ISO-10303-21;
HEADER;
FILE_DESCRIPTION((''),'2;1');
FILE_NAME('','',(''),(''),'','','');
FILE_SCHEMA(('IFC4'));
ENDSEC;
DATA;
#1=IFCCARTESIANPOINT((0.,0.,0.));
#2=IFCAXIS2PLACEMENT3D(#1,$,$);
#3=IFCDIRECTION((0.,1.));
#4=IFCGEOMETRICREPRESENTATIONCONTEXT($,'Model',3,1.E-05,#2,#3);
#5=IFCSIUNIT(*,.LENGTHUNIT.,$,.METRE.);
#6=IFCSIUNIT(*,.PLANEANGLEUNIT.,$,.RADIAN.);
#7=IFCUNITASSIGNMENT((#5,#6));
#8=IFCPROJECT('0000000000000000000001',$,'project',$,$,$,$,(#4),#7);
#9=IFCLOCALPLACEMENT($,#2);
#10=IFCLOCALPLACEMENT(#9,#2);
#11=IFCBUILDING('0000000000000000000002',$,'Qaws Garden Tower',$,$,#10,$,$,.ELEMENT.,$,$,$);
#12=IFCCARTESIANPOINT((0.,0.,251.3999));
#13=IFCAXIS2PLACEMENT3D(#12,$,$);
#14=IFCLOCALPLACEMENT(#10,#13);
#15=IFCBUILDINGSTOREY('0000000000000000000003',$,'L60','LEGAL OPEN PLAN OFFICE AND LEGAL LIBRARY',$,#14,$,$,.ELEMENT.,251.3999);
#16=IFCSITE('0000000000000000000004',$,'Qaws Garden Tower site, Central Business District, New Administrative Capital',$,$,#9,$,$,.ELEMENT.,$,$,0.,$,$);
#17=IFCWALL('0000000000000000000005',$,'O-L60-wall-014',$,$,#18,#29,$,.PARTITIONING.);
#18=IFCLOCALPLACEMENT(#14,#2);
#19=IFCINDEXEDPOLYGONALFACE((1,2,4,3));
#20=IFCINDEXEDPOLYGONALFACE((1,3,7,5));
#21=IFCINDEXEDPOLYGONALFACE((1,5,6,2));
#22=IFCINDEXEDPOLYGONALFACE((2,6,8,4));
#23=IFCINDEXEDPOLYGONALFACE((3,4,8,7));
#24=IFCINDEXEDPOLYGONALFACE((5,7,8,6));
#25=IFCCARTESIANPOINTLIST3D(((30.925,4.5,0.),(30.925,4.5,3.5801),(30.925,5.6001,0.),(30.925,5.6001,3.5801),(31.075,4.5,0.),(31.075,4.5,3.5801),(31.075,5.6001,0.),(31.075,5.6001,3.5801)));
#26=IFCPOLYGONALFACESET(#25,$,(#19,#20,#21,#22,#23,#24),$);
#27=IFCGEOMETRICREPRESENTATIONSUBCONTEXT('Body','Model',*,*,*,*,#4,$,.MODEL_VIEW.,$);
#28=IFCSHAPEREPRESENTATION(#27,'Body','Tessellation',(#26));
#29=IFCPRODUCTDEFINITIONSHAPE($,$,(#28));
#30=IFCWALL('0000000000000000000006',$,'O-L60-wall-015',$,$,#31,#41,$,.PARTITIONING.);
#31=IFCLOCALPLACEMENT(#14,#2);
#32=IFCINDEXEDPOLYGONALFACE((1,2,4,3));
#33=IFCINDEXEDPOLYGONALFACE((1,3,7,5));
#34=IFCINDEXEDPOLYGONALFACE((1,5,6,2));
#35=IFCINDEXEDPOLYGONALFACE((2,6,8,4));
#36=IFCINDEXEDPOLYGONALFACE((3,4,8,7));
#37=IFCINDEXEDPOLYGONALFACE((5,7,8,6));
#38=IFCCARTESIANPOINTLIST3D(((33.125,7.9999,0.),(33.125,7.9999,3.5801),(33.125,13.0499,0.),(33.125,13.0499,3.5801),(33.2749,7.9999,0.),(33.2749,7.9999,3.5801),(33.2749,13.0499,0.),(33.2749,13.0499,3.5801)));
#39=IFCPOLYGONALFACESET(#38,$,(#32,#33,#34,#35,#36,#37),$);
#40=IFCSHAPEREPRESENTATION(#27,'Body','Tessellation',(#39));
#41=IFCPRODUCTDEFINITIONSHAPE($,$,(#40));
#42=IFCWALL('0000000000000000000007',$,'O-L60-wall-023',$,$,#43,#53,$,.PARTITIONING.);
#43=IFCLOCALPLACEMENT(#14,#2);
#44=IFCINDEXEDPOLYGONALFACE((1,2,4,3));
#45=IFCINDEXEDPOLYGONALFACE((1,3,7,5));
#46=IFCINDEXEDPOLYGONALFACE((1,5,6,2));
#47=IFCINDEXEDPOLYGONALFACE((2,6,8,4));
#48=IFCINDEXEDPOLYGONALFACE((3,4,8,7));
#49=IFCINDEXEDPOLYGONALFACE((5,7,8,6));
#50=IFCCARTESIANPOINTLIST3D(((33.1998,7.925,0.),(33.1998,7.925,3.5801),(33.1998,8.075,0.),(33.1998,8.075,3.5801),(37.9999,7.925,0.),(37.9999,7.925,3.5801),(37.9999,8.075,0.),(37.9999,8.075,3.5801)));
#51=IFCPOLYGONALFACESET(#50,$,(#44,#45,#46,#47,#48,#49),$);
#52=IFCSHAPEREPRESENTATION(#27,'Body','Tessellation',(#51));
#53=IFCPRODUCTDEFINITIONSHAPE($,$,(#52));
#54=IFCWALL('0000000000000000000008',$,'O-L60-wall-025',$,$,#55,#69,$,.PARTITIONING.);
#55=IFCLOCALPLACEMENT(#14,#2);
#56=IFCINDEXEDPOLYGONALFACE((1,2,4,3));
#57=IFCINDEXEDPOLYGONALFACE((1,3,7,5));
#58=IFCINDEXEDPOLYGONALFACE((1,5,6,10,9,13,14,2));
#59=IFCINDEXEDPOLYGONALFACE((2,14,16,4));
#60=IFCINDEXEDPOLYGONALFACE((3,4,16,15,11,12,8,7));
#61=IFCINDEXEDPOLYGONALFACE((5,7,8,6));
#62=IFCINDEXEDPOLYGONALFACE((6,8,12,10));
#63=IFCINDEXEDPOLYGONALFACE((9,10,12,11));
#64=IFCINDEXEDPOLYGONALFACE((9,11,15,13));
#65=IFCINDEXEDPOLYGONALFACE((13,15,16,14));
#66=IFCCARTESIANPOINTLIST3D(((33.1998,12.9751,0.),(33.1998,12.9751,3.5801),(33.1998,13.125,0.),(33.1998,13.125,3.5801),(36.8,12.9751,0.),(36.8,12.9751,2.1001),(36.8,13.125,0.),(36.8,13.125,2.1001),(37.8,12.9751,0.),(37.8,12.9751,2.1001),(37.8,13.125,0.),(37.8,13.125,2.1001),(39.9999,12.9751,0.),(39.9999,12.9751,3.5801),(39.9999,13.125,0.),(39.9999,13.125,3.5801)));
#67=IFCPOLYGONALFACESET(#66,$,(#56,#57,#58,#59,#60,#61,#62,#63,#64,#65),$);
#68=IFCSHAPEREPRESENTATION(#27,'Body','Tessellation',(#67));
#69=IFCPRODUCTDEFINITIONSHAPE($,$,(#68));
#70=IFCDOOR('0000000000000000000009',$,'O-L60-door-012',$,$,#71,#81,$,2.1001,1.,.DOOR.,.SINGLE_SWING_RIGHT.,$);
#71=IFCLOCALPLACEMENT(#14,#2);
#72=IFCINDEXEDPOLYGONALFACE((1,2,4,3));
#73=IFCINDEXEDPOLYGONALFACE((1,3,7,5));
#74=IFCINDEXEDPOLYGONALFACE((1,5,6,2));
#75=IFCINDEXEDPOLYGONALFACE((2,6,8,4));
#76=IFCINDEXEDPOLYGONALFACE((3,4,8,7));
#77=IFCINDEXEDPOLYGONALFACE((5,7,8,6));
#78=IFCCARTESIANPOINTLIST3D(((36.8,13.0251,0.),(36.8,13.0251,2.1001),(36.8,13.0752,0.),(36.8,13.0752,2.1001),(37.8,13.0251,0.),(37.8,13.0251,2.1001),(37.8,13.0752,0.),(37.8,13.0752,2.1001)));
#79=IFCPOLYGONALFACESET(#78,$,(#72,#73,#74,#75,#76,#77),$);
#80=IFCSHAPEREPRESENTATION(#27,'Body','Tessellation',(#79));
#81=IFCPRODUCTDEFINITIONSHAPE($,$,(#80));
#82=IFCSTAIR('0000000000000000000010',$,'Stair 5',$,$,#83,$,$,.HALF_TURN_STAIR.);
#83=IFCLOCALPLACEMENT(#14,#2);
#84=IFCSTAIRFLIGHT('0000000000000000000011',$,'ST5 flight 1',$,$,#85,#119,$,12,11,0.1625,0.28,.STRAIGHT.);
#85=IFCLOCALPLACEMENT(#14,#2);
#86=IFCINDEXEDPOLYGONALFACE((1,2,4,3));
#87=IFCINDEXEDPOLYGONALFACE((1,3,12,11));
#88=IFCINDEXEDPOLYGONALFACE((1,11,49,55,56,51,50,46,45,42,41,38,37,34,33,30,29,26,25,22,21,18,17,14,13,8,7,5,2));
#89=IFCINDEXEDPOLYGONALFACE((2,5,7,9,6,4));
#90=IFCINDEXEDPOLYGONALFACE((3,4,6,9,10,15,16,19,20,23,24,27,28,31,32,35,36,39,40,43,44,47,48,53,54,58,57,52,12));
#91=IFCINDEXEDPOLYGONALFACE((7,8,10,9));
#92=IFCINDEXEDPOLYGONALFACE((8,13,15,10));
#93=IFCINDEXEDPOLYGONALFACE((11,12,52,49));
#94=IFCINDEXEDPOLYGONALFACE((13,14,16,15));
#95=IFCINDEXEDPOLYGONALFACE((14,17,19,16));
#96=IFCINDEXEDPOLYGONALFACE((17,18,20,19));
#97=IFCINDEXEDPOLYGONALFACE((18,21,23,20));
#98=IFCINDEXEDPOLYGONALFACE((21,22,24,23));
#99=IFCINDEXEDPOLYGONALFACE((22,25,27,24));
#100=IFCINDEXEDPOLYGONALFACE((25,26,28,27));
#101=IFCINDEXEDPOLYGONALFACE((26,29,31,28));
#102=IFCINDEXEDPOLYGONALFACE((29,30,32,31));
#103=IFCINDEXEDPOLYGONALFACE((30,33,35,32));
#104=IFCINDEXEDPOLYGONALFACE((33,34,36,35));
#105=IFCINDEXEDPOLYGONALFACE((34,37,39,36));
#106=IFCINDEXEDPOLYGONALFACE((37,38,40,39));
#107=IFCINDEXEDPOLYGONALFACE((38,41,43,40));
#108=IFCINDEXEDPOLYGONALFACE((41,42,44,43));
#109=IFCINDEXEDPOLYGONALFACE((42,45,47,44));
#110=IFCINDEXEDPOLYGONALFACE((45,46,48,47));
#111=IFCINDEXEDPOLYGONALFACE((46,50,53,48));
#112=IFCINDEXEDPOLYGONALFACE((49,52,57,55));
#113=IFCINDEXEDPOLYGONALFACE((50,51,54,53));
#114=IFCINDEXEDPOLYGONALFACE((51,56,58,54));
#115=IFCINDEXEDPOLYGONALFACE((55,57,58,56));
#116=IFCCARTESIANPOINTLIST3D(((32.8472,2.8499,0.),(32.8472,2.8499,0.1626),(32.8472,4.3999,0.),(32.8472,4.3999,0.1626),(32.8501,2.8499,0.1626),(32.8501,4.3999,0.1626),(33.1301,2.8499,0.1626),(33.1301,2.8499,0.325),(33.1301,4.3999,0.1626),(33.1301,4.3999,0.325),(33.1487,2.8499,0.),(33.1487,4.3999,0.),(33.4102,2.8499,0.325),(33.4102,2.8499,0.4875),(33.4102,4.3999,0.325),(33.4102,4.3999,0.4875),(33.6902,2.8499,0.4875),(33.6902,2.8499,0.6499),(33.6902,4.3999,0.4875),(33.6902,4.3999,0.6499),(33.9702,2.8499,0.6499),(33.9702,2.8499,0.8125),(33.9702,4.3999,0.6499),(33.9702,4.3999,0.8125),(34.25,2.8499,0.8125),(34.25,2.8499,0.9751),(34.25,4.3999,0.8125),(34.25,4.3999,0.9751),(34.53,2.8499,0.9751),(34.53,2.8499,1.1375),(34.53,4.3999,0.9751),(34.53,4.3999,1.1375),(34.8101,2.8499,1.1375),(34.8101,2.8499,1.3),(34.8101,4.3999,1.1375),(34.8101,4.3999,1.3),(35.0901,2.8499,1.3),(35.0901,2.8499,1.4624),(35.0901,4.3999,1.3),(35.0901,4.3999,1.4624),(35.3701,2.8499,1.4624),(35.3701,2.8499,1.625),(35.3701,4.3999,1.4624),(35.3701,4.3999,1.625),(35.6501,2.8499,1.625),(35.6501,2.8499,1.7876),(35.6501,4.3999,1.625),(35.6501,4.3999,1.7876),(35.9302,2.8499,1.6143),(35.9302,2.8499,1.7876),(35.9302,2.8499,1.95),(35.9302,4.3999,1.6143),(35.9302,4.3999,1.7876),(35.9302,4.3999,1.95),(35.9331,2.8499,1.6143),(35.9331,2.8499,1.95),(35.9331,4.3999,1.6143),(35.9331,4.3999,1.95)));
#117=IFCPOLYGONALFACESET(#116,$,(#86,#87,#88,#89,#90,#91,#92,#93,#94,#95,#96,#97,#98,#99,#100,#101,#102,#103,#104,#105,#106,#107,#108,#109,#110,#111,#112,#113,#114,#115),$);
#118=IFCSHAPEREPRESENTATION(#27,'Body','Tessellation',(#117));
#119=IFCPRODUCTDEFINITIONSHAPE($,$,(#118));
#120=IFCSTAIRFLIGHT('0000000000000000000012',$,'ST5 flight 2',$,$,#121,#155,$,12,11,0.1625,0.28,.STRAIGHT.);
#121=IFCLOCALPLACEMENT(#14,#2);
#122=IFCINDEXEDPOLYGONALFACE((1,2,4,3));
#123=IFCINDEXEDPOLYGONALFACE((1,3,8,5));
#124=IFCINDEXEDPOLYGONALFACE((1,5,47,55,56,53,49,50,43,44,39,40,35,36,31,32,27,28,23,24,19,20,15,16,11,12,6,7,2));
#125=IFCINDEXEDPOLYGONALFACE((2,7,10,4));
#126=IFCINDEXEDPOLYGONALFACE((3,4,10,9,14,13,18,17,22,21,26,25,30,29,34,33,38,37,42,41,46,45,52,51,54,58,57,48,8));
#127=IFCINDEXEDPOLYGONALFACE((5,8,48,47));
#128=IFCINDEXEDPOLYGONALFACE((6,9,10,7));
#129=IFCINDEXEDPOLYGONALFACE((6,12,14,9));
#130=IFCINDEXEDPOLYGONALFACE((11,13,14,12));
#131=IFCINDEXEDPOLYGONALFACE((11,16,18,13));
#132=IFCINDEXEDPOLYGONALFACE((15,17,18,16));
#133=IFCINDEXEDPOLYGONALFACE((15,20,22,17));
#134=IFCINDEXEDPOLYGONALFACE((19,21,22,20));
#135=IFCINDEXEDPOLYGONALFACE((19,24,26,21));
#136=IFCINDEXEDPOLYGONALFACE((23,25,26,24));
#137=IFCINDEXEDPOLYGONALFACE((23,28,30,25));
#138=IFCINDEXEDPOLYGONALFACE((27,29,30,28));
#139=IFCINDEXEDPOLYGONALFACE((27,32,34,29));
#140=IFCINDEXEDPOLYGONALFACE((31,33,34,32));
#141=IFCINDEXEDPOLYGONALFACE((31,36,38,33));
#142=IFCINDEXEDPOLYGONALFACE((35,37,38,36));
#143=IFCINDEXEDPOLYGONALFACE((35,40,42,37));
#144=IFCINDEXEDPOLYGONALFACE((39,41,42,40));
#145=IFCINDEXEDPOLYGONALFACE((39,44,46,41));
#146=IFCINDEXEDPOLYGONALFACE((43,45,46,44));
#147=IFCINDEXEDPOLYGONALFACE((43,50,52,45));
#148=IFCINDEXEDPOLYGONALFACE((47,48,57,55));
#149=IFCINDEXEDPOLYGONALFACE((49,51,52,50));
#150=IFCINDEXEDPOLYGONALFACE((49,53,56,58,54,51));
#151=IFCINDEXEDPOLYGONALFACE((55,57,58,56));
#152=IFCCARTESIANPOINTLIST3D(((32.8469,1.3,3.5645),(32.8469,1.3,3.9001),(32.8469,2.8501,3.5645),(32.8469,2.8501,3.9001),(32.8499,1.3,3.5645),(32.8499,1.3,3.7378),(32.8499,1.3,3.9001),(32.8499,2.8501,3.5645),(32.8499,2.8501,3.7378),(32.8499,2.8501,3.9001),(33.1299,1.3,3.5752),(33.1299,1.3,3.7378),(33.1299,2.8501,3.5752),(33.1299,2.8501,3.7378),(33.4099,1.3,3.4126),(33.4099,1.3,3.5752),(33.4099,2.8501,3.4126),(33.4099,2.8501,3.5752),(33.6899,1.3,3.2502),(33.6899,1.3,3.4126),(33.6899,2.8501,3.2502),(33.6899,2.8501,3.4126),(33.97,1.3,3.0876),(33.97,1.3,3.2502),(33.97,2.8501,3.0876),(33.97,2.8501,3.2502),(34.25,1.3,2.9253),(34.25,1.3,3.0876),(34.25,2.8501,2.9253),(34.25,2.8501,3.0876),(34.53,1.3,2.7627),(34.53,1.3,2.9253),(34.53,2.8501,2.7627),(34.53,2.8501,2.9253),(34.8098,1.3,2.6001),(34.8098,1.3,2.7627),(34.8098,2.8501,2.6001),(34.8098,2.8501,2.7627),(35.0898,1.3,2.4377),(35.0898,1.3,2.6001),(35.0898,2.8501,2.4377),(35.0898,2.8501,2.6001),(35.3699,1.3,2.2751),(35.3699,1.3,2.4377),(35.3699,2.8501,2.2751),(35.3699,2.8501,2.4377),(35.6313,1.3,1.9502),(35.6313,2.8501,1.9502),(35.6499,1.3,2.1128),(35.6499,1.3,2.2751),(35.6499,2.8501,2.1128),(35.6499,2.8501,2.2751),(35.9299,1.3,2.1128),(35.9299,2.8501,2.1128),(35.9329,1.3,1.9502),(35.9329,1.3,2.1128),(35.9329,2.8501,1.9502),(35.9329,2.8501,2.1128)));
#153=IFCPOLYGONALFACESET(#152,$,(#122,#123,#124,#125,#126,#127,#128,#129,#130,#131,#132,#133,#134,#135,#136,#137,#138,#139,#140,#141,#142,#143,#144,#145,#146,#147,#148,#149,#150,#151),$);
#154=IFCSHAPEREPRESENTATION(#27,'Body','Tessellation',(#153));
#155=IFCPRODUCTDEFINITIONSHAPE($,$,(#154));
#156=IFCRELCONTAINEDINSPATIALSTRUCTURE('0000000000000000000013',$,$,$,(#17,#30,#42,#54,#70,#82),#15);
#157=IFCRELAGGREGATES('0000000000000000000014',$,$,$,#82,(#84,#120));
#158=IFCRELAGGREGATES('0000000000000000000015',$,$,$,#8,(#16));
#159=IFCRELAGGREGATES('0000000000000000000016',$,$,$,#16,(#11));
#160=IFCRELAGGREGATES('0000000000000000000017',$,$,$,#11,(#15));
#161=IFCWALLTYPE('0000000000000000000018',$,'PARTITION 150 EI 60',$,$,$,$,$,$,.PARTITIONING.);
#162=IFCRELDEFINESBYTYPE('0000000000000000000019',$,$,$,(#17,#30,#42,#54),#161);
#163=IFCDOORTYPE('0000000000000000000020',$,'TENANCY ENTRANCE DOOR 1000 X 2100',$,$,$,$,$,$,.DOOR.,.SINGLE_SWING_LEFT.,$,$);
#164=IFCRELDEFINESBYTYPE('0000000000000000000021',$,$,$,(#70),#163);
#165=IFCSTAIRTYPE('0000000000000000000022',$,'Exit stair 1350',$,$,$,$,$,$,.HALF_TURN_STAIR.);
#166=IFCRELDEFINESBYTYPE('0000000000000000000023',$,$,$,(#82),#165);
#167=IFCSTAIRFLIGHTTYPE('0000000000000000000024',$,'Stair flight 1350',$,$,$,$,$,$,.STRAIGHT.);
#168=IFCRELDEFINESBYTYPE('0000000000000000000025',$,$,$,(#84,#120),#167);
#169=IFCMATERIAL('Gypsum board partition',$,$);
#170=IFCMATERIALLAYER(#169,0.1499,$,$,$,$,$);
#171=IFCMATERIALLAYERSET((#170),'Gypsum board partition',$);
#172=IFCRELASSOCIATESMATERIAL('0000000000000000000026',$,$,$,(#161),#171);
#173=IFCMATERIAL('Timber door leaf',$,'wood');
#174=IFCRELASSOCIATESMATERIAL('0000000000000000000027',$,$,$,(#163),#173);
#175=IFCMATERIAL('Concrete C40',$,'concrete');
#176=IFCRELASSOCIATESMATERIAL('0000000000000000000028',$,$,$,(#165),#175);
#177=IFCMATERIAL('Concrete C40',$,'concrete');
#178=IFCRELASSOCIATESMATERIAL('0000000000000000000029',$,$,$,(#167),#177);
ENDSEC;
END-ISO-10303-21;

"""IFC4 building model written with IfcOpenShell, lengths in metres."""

from ifc_helpers import new_model, si_unit, direction, frame, frame_2d, origin, place, context, subcontext, project, spatial, polyline, rectangle, outline, extrude, material, layer, layer_set, type_object, element, fill, aggregate, save


model = new_model("IFC4")

# Units and contexts
model_context = context("Model", 3, precision=1e-05, world=origin(), true_north=direction((0.0, 1.0)))
body_context = subcontext(model_context, "Body", "Model", "MODEL_VIEW")
ifc_project = project(units=[si_unit("LENGTHUNIT", "METRE"), si_unit("PLANEANGLEUNIT", "RADIAN")], contexts=[model_context])

# Site, building, storey
site_placement = place(None, origin())
site = spatial("IfcSite", under=ifc_project, at=site_placement, Name="Qaws Garden Tower site, Central Business District, New Administrative Capital", CompositionType="ELEMENT", RefElevation=0.0)
building_placement = place(site_placement, origin())
building = spatial("IfcBuilding", under=site, at=building_placement, Name="Qaws Garden Tower", CompositionType="ELEMENT")
storey_placement = place(building_placement, frame((0.0, 0.0, 251.3999)))
storey = spatial("IfcBuildingStorey", under=building, at=storey_placement, Name="L60", Description="LEGAL OPEN PLAN OFFICE AND LEGAL LIBRARY", CompositionType="ELEMENT", Elevation=251.3999)

# Shared definitions
ifc_material_1 = material(Name="Gypsum board partition")
ifc_layer_1 = layer(ifc_material_1, 0.1499)
ifc_layer_set_1 = layer_set([ifc_layer_1], Name="Gypsum board partition")
wall_type_1 = type_object("IfcWallType", Name="PARTITION 150 EI 60", PredefinedType="PARTITIONING", material=ifc_layer_set_1)
ifc_material_2 = material(Name="Timber door leaf", Category="wood")
door_type_1 = type_object("IfcDoorType", Name="TENANCY ENTRANCE DOOR 1000 X 2100", OperationType="SINGLE_SWING_LEFT", PredefinedType="DOOR", material=ifc_material_2)

# Walls
wall_1_placement = place(storey_placement, frame((31.0, 4.5, 0.0), z_axis=(0.0, 0.0, 1.0), x_axis=(0.0, 1.0, 0.0)))
element("IfcWall", 1, at=wall_1_placement, inside=storey, type_object=wall_type_1, Name="O-L60-wall-014", PredefinedType="PARTITIONING", context=body_context, shape_type="SweptSolid", body=[
    extrude(rectangle(XDim=1.1001, YDim=0.1499, at=frame_2d((0.55, 0.0))), origin(), (0.0, 0.0, 1.0), 3.5801),
])
wall_2_placement = place(storey_placement, frame((33.2, 8.0, 0.0), z_axis=(0.0, 0.0, 1.0), x_axis=(0.0, 1.0, 0.0)))
element("IfcWall", 2, at=wall_2_placement, inside=storey, type_object=wall_type_1, Name="O-L60-wall-015", PredefinedType="PARTITIONING", context=body_context, shape_type="SweptSolid", body=[
    extrude(rectangle(XDim=5.05, YDim=0.1499, at=frame_2d((2.5249, 0.0))), origin(), (0.0, 0.0, 1.0), 3.5801),
])
wall_3_placement = place(storey_placement, frame((33.2, 8.0, 0.0), z_axis=(0.0, 0.0, 1.0), x_axis=(1.0, 0.0, 0.0)))
element("IfcWall", 3, at=wall_3_placement, inside=storey, type_object=wall_type_1, Name="O-L60-wall-023", PredefinedType="PARTITIONING", context=body_context, shape_type="SweptSolid", body=[
    extrude(rectangle(XDim=4.8, YDim=0.1499, at=frame_2d((2.3999, 0.0))), origin(), (0.0, 0.0, 1.0), 3.5801),
])

# Wall, opening, door
wall_4_placement = place(storey_placement, frame((33.2, 13.05, 0.0), z_axis=(0.0, 0.0, 1.0), x_axis=(1.0, 0.0, 0.0)))
wall_4 = element("IfcWall", 4, at=wall_4_placement, inside=storey, type_object=wall_type_1, Name="O-L60-wall-025", PredefinedType="PARTITIONING", context=body_context, shape_type="SweptSolid", body=[
    extrude(rectangle(XDim=6.8, YDim=0.1499, at=frame_2d((3.3999, 0.0))), origin(), (0.0, 0.0, 1.0), 3.5801),
])
opening_1_placement = place(wall_4_placement, frame((3.6001, 0.0, 0.0)))
opening_1 = element("IfcOpeningElement", 5, at=opening_1_placement, cuts=wall_4, PredefinedType="OPENING", context=body_context, shape_type="SweptSolid", body=[
    extrude(rectangle(XDim=1.0, YDim=2.1001, at=frame_2d((0.5, 1.05))), frame((0.0, 0.085, 0.0), z_axis=(0.0, -1.0, 0.0), x_axis=(1.0, 0.0, 0.0)), (0.0, 0.0, 1.0), 0.1699),
])
door_1_placement = place(opening_1_placement, frame((1.0, 0.0, 0.0), z_axis=(0.0, 0.0, 1.0), x_axis=(-1.0, 0.0, 0.0)))
door_1 = element("IfcDoor", 6, at=door_1_placement, inside=storey, type_object=door_type_1, Name="O-L60-door-012", OperationType="SINGLE_SWING_RIGHT", OverallHeight=2.1001, OverallWidth=1.0, PredefinedType="DOOR", context=body_context, shape_type="SweptSolid", body=[
    extrude(rectangle(XDim=1.0, YDim=2.1001, at=frame_2d((0.5, 1.05))), frame((0.0, 0.0249, 0.0), z_axis=(0.0, -1.0, 0.0), x_axis=(1.0, 0.0, 0.0)), (0.0, 0.0, 1.0), 0.05),
])
fill(opening_1, door_1)

# Stair, stair flights
ifc_material_3 = material(Name="Concrete C40", Category="concrete")
stair_type = type_object("IfcStairType", Name="Exit stair 1350", PredefinedType="HALF_TURN_STAIR", material=ifc_material_3)
stair_placement = place(storey_placement, origin())
stair = element("IfcStair", 7, at=stair_placement, inside=storey, type_object=stair_type, Name="Stair 5", PredefinedType="HALF_TURN_STAIR")
ifc_material_4 = material(Name="Concrete C40", Category="concrete")
stair_flight_type = type_object("IfcStairFlightType", Name="Stair flight 1350", PredefinedType="STRAIGHT", material=ifc_material_4)
stair_flight_1_placement = place(storey_placement, frame((32.8501, 3.625, 0.0), z_axis=(0.0, 0.0, 1.0), x_axis=(1.0, 0.0, 0.0)))
stair_flight_1 = element("IfcStairFlight", 8, at=stair_flight_1_placement, type_object=stair_flight_type, Name="ST5 flight 1", NumberOfRisers=12, NumberOfTreads=11, PredefinedType="STRAIGHT", RiserHeight=0.1625, TreadLength=0.28, context=body_context, shape_type="SweptSolid", body=[
    extrude(outline(polyline([(-0.0029, 0.0), (-0.0029, 0.1626), (0.0, 0.1626), (0.28, 0.1626), (0.28, 0.325), (0.5601, 0.325), (0.5601, 0.4875), (0.8401, 0.4875), (0.8401, 0.6499), (1.1201, 0.6499), (1.1201, 0.8125), (1.3999, 0.8125), (1.3999, 0.9751), (1.6799, 0.9751), (1.6799, 1.1375), (1.96, 1.1375), (1.96, 1.3), (2.24, 1.3), (2.24, 1.4624), (2.52, 1.4624), (2.52, 1.625), (2.8, 1.625), (2.8, 1.7876), (3.0801, 1.7876), (3.0801, 1.95), (3.083, 1.95), (3.083, 1.6143), (3.0801, 1.6143), (0.2986, 0.0), (-0.0029, 0.0)])), frame((0.0, 0.7749, 0.0), z_axis=(0.0, -1.0, 0.0), x_axis=(1.0, 0.0, 0.0)), (0.0, 0.0, 1.0), 1.55),
])
stair_flight_2_placement = place(storey_placement, frame((35.9299, 2.075, 1.9502), z_axis=(0.0, 0.0, 1.0), x_axis=(-1.0, 0.0, 0.0)))
stair_flight_2 = element("IfcStairFlight", 9, at=stair_flight_2_placement, type_object=stair_flight_type, Name="ST5 flight 2", NumberOfRisers=12, NumberOfTreads=11, PredefinedType="STRAIGHT", RiserHeight=0.1625, TreadLength=0.28, context=body_context, shape_type="SweptSolid", body=[
    extrude(outline(polyline([(-0.0029, 0.0), (-0.0029, 0.1626), (0.0, 0.1626), (0.28, 0.1626), (0.28, 0.325), (0.5601, 0.325), (0.5601, 0.4875), (0.8401, 0.4875), (0.8401, 0.6499), (1.1201, 0.6499), (1.1201, 0.8125), (1.3999, 0.8125), (1.3999, 0.9751), (1.6799, 0.9751), (1.6799, 1.1375), (1.96, 1.1375), (1.96, 1.3), (2.24, 1.3), (2.24, 1.4624), (2.52, 1.4624), (2.52, 1.625), (2.8, 1.625), (2.8, 1.7876), (3.0801, 1.7876), (3.0801, 1.95), (3.083, 1.95), (3.083, 1.6143), (3.0801, 1.6143), (0.2986, 0.0), (-0.0029, 0.0)])), frame((0.0, 0.7749, 0.0), z_axis=(0.0, -1.0, 0.0), x_axis=(1.0, 0.0, 0.0)), (0.0, 0.0, 1.0), 1.55),
])
aggregate(stair, [stair_flight_1, stair_flight_2])

save(model, "model.ifc")
